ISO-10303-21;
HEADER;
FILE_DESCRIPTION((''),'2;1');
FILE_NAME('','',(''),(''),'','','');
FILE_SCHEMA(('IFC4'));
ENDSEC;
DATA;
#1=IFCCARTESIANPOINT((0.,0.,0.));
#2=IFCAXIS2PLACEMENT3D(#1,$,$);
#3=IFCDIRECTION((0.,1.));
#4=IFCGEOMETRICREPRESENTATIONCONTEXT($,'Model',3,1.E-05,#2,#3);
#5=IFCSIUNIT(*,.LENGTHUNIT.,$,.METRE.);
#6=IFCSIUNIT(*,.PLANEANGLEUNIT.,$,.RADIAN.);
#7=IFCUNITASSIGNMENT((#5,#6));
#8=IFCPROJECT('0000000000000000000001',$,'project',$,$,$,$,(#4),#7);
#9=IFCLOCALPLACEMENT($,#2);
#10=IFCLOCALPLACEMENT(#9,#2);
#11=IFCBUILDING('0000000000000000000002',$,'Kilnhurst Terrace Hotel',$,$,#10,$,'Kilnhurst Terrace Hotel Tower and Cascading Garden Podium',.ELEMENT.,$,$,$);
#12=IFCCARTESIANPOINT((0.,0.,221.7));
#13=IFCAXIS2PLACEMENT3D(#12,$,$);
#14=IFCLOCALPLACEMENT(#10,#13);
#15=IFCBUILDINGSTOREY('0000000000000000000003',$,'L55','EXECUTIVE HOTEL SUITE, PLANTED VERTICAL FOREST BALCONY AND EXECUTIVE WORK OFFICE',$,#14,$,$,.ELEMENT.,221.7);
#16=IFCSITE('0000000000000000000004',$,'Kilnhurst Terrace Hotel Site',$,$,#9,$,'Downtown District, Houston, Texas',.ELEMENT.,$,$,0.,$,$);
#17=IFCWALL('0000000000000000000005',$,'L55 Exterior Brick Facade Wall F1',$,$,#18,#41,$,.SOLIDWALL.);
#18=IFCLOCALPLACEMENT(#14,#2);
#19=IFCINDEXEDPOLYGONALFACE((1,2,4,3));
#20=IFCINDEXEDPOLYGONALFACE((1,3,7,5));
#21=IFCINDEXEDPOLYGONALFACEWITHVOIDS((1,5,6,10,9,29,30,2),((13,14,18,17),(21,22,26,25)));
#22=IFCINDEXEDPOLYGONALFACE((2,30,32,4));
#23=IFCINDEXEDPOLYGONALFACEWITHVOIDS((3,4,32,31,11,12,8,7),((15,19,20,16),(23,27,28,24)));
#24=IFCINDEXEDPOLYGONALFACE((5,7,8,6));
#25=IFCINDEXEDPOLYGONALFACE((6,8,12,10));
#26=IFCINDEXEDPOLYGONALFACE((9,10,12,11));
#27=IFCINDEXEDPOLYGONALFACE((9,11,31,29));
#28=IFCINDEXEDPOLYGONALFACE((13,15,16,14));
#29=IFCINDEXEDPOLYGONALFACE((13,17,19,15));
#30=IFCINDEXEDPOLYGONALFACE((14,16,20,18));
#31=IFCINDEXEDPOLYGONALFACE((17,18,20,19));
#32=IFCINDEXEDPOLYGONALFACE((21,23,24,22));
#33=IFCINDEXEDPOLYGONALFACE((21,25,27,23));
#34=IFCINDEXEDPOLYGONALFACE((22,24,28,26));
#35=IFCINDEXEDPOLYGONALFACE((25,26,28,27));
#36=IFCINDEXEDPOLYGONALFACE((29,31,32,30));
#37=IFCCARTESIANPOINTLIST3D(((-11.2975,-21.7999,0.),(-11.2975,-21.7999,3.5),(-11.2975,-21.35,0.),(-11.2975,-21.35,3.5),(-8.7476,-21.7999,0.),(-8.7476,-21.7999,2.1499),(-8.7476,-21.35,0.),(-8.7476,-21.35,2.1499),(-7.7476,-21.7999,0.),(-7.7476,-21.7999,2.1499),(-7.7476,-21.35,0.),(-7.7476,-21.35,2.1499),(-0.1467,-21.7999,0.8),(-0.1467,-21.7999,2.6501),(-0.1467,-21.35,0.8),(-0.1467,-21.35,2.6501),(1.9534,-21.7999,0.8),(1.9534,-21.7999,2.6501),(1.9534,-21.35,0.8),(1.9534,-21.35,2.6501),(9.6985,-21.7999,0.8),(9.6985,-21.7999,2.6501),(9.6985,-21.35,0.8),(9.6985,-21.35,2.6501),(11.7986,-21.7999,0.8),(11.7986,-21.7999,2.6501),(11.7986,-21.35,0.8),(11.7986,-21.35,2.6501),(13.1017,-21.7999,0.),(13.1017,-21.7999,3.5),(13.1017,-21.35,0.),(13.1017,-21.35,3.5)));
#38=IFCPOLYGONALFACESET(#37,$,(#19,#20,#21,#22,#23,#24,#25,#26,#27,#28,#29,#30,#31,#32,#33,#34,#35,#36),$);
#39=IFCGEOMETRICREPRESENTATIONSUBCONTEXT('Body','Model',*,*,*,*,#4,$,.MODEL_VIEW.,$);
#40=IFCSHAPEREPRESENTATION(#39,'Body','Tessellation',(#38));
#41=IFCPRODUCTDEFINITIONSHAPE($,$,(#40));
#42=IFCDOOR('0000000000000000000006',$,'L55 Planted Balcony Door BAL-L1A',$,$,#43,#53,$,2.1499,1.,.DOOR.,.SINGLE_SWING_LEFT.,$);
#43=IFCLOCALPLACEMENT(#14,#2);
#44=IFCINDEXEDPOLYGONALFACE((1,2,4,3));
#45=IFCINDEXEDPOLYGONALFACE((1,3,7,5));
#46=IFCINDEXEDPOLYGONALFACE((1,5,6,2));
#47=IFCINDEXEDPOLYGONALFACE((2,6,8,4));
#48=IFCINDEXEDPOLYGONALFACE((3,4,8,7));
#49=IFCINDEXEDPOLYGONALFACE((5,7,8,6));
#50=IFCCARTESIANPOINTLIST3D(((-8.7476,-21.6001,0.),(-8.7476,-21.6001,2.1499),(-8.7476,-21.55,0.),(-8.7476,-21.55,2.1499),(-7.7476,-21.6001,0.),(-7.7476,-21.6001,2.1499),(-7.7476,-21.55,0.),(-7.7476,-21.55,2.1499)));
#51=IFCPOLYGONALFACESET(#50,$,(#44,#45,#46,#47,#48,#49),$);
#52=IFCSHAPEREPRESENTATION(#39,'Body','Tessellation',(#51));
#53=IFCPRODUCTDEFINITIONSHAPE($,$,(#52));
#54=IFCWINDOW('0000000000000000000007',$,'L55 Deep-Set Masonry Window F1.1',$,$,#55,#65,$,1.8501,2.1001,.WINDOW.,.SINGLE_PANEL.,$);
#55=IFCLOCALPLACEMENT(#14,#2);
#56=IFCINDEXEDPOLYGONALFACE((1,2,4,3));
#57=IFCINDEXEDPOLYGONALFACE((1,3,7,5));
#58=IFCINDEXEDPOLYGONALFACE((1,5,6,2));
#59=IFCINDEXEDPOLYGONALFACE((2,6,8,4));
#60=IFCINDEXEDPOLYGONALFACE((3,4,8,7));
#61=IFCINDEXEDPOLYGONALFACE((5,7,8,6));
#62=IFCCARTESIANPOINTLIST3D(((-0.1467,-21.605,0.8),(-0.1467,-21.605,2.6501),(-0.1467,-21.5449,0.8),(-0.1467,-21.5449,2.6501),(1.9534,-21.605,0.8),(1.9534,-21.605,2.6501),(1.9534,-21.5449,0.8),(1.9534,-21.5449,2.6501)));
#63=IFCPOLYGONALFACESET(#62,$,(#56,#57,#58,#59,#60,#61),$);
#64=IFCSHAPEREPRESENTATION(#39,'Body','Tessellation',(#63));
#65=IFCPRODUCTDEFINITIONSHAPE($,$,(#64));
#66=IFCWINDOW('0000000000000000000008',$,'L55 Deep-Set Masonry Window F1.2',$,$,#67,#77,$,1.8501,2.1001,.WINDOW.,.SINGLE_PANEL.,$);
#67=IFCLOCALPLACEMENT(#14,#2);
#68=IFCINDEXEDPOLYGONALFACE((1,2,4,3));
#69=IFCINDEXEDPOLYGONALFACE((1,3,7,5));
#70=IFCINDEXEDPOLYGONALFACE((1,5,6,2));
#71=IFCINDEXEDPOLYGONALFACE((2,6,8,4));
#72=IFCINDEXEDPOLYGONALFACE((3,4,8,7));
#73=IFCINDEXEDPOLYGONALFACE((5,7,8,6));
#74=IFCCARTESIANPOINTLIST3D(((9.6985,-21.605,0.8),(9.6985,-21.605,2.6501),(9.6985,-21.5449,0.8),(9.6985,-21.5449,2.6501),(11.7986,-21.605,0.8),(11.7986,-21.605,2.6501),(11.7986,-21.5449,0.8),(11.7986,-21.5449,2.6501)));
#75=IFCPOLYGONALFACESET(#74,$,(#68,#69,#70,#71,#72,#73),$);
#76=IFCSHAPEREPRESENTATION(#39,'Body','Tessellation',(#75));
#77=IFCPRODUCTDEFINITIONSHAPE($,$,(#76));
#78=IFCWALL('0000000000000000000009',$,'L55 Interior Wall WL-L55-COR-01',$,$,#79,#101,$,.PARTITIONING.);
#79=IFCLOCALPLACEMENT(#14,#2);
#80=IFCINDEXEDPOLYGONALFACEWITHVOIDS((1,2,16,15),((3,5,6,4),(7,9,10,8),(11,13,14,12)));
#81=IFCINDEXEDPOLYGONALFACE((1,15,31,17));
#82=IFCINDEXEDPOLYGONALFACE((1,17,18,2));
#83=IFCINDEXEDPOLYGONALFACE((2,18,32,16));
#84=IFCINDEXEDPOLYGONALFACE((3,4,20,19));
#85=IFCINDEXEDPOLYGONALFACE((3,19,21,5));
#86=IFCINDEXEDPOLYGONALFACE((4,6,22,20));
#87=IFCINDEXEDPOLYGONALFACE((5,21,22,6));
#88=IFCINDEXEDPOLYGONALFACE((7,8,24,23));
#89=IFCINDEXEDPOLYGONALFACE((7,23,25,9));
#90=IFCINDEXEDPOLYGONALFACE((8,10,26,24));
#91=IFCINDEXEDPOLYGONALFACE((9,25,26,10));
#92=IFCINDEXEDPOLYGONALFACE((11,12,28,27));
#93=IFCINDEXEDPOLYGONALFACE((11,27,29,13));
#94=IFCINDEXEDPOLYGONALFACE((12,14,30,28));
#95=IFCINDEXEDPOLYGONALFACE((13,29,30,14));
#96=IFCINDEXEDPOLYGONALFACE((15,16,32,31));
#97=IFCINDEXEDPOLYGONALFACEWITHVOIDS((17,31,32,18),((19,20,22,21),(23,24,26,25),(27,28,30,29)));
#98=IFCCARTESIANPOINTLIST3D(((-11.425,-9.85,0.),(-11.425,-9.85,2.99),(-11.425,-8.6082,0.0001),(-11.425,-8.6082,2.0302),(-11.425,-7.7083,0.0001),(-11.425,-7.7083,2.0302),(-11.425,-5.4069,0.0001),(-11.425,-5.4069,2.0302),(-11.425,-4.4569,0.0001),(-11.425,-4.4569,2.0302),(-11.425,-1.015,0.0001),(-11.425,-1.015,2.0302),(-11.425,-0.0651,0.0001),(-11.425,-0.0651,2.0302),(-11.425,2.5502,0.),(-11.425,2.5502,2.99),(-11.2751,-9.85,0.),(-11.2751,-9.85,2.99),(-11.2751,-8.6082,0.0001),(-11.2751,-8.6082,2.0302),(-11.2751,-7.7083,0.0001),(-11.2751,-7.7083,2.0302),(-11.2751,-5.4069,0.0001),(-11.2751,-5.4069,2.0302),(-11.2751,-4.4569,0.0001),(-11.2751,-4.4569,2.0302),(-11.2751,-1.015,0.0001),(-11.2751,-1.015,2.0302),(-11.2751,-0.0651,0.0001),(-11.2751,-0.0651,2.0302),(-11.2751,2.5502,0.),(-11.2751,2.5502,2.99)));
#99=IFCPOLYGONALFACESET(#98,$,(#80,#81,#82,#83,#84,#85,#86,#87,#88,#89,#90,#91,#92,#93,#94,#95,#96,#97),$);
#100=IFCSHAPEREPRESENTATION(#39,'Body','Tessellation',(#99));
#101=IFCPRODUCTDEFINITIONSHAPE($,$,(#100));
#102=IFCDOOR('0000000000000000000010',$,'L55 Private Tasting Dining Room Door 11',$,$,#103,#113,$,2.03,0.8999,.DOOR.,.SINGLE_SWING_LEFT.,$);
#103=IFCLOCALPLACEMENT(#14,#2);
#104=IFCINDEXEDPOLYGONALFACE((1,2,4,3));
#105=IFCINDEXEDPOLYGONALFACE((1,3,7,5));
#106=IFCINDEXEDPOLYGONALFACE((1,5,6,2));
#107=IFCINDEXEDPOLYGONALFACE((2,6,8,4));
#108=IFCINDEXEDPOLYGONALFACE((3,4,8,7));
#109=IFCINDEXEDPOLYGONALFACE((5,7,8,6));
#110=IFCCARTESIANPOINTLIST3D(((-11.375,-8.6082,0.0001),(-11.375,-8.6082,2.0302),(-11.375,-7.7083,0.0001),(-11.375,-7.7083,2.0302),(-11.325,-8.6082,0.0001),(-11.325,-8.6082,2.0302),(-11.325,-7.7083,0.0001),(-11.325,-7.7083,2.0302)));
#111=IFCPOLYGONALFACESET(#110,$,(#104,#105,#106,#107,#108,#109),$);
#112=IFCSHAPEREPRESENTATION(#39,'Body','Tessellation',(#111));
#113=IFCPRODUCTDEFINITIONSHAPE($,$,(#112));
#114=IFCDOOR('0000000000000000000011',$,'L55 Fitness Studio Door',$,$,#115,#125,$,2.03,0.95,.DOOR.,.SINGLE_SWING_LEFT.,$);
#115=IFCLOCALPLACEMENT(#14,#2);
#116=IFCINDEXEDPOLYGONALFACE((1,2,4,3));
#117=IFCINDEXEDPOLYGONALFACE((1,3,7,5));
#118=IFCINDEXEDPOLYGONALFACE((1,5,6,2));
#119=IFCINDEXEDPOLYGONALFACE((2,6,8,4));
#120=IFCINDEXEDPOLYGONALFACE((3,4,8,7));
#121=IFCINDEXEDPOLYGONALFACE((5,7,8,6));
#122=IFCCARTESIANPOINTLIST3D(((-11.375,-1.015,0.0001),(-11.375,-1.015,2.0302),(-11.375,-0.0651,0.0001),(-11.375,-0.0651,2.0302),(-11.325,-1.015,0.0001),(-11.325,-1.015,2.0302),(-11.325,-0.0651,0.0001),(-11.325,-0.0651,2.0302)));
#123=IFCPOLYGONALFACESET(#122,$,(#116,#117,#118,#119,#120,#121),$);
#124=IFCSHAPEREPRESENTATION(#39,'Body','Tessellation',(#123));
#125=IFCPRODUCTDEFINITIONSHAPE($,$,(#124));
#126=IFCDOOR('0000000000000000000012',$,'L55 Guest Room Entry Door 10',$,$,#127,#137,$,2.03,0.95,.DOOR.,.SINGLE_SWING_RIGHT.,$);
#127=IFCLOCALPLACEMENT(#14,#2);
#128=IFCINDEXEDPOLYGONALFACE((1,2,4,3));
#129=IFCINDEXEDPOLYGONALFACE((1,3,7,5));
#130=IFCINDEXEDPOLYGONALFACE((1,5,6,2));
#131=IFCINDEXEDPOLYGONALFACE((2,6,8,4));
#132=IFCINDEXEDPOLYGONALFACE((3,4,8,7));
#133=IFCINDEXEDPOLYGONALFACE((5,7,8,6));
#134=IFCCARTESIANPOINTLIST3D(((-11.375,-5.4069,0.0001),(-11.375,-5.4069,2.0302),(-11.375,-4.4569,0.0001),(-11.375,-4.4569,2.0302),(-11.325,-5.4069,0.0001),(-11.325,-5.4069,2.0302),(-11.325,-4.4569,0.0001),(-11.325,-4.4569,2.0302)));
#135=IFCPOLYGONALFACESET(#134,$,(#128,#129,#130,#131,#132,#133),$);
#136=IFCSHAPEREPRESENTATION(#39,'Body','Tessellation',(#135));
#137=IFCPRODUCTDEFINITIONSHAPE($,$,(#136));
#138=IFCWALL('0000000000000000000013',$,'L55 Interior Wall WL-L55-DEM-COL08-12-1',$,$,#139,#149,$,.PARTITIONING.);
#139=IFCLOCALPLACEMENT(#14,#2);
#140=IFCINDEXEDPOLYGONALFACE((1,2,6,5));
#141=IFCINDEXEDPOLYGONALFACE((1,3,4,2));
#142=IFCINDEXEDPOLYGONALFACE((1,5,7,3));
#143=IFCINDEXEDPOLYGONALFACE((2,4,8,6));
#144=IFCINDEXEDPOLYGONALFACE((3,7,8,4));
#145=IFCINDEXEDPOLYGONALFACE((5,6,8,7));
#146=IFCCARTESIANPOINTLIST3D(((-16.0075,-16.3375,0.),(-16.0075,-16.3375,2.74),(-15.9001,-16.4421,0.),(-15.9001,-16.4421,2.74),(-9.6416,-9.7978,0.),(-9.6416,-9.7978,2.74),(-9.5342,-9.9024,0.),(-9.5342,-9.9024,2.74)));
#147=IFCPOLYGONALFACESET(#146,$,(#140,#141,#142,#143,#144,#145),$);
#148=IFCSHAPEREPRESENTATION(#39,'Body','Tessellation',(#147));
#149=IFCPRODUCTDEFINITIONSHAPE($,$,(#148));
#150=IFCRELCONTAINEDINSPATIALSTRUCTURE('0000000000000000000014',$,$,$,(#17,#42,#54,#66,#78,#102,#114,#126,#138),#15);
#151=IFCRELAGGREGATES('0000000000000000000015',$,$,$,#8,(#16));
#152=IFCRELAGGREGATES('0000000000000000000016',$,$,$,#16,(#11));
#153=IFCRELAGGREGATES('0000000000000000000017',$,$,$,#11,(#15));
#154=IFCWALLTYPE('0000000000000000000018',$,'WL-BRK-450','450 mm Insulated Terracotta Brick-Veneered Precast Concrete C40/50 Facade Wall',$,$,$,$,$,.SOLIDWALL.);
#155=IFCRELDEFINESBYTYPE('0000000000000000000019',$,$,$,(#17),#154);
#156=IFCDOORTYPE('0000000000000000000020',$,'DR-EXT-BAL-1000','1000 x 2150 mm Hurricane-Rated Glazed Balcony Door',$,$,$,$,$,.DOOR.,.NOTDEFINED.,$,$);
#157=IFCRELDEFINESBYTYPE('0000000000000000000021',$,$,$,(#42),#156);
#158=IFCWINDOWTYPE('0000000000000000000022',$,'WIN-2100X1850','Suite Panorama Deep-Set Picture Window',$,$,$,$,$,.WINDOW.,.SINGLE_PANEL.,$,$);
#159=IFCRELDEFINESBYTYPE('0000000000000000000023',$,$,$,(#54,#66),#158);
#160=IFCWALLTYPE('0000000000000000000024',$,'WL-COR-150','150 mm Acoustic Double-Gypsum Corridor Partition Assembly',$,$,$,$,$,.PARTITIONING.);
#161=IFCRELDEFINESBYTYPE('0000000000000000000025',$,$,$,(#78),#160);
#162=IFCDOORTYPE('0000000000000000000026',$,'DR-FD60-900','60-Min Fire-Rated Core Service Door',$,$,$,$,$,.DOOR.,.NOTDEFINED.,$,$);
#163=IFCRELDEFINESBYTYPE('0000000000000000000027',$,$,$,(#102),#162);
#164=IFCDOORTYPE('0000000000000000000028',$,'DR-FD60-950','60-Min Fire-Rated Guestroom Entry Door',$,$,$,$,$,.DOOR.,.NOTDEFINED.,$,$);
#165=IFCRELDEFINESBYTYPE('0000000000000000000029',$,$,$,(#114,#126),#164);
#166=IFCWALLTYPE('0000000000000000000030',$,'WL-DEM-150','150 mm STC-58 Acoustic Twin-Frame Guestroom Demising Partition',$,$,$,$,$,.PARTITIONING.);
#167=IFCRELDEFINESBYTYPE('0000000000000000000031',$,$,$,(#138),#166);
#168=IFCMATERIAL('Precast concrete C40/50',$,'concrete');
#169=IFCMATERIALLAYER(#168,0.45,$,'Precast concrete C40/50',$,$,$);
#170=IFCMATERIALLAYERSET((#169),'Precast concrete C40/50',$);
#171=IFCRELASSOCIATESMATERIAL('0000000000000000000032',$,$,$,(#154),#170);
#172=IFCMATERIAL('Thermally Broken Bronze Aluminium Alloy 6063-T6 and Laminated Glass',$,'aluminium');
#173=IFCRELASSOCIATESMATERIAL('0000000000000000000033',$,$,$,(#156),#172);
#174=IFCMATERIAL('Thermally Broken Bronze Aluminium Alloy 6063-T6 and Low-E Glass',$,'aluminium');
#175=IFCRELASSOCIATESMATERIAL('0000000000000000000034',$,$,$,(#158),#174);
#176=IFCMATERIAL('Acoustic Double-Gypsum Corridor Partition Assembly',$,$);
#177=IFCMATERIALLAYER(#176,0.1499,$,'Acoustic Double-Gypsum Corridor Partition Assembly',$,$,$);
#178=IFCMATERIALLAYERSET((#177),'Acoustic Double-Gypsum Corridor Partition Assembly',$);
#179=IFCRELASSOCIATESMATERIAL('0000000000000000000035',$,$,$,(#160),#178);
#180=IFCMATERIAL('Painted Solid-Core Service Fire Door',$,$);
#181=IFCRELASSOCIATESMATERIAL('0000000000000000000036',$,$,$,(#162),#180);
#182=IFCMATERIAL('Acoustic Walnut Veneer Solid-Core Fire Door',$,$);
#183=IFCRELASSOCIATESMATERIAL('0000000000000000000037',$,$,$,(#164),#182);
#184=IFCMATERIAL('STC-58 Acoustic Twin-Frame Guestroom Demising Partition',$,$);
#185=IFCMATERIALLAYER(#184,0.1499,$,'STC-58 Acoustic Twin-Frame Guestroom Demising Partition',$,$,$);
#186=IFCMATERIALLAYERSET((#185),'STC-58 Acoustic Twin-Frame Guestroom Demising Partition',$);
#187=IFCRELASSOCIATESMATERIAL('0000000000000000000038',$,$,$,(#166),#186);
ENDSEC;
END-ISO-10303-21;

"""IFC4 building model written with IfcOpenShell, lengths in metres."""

from ifc_helpers import new_model, si_unit, direction, frame, frame_2d, origin, place, context, subcontext, project, spatial, rectangle, extrude, material, layer, layer_set, type_object, element, fill, save


model = new_model("IFC4")

# Units and contexts
model_context = context("Model", 3, precision=1e-05, world=origin(), true_north=direction((0.0, 1.0)))
body_context = subcontext(model_context, "Body", "Model", "MODEL_VIEW")
ifc_project = project(units=[si_unit("LENGTHUNIT", "METRE"), si_unit("PLANEANGLEUNIT", "RADIAN")], contexts=[model_context])

# Site, building, storey
site_placement = place(None, origin())
site = spatial("IfcSite", under=ifc_project, at=site_placement, Name="Kilnhurst Terrace Hotel Site", LongName="Downtown District, Houston, Texas", CompositionType="ELEMENT", RefElevation=0.0)
building_placement = place(site_placement, origin())
building = spatial("IfcBuilding", under=site, at=building_placement, Name="Kilnhurst Terrace Hotel", LongName="Kilnhurst Terrace Hotel Tower and Cascading Garden Podium", CompositionType="ELEMENT")
storey_placement = place(building_placement, frame((0.0, 0.0, 221.7)))
storey = spatial("IfcBuildingStorey", under=building, at=storey_placement, Name="L55", Description="EXECUTIVE HOTEL SUITE, PLANTED VERTICAL FOREST BALCONY AND EXECUTIVE WORK OFFICE", CompositionType="ELEMENT", Elevation=221.7)

# Shared definitions
ifc_material_1 = material(Name="Precast concrete C40/50", Category="concrete")
ifc_layer_1 = layer(ifc_material_1, 0.45, Name="Precast concrete C40/50")
ifc_layer_set_1 = layer_set([ifc_layer_1], Name="Precast concrete C40/50")
wall_type_1 = type_object("IfcWallType", Name="WL-BRK-450", Description="450 mm Insulated Terracotta Brick-Veneered Precast Concrete C40/50 Facade Wall", PredefinedType="SOLIDWALL", material=ifc_layer_set_1)

# Wall, openings, door, windows
wall_1_placement = place(storey_placement, frame((-11.2976, -21.575, 0.0), z_axis=(0.0, 0.0, 1.0), x_axis=(1.0, 0.0, 0.0)))
wall_1 = element("IfcWall", 1, at=wall_1_placement, inside=storey, type_object=wall_type_1, Name="L55 Exterior Brick Facade Wall F1", PredefinedType="SOLIDWALL", context=body_context, shape_type="SweptSolid", body=[
    extrude(rectangle(XDim=24.3992, YDim=0.45, at=frame_2d((12.1997, 0.0))), origin(), (0.0, 0.0, 1.0), 3.5),
])
opening_1_placement = place(wall_1_placement, frame((2.55, 0.0, 0.0)))
opening_1 = element("IfcOpeningElement", 2, at=opening_1_placement, cuts=wall_1, PredefinedType="OPENING", context=body_context, shape_type="SweptSolid", body=[
    extrude(rectangle(XDim=1.0, YDim=2.1499, at=frame_2d((0.5, 1.075))), frame((0.0, 0.2349, 0.0), z_axis=(0.0, -1.0, 0.0), x_axis=(1.0, 0.0, 0.0)), (0.0, 0.0, 1.0), 0.47),
])
opening_2_placement = place(wall_1_placement, frame((11.1509, 0.0, 0.8)))
opening_2 = element("IfcOpeningElement", 3, at=opening_2_placement, cuts=wall_1, PredefinedType="OPENING", context=body_context, shape_type="SweptSolid", body=[
    extrude(rectangle(XDim=2.1001, YDim=1.8501, at=frame_2d((1.05, 0.925))), frame((0.0, 0.2349, 0.0), z_axis=(0.0, -1.0, 0.0), x_axis=(1.0, 0.0, 0.0)), (0.0, 0.0, 1.0), 0.47),
])
opening_3_placement = place(wall_1_placement, frame((20.9961, 0.0, 0.8)))
opening_3 = element("IfcOpeningElement", 4, at=opening_3_placement, cuts=wall_1, PredefinedType="OPENING", context=body_context, shape_type="SweptSolid", body=[
    extrude(rectangle(XDim=2.1001, YDim=1.8501, at=frame_2d((1.05, 0.925))), frame((0.0, 0.2349, 0.0), z_axis=(0.0, -1.0, 0.0), x_axis=(1.0, 0.0, 0.0)), (0.0, 0.0, 1.0), 0.47),
])
ifc_material_2 = material(Name="Thermally Broken Bronze Aluminium Alloy 6063-T6 and Laminated Glass", Category="aluminium")
door_type_1 = type_object("IfcDoorType", Name="DR-EXT-BAL-1000", Description="1000 x 2150 mm Hurricane-Rated Glazed Balcony Door", OperationType="NOTDEFINED", PredefinedType="DOOR", material=ifc_material_2)
door_1_placement = place(opening_1_placement, origin())
door_1 = element("IfcDoor", 5, at=door_1_placement, inside=storey, type_object=door_type_1, Name="L55 Planted Balcony Door BAL-L1A", OperationType="SINGLE_SWING_LEFT", OverallHeight=2.1499, OverallWidth=1.0, PredefinedType="DOOR", context=body_context, shape_type="SweptSolid", body=[
    extrude(rectangle(XDim=1.0, YDim=2.1499, at=frame_2d((0.5, 1.075))), frame((0.0, 0.0249, 0.0), z_axis=(0.0, -1.0, 0.0), x_axis=(1.0, 0.0, 0.0)), (0.0, 0.0, 1.0), 0.05),
])
fill(opening_1, door_1)
ifc_material_3 = material(Name="Thermally Broken Bronze Aluminium Alloy 6063-T6 and Low-E Glass", Category="aluminium")
window_type = type_object("IfcWindowType", Name="WIN-2100X1850", Description="Suite Panorama Deep-Set Picture Window", PartitioningType="SINGLE_PANEL", PredefinedType="WINDOW", material=ifc_material_3)
window_1_placement = place(opening_2_placement, origin())
window_1 = element("IfcWindow", 6, at=window_1_placement, inside=storey, type_object=window_type, Name="L55 Deep-Set Masonry Window F1.1", OverallHeight=1.8501, OverallWidth=2.1001, PartitioningType="SINGLE_PANEL", PredefinedType="WINDOW", context=body_context, shape_type="SweptSolid", body=[
    extrude(rectangle(XDim=2.1001, YDim=1.8501, at=frame_2d((1.05, 0.925))), frame((0.0, 0.03, 0.0), z_axis=(0.0, -1.0, 0.0), x_axis=(1.0, 0.0, 0.0)), (0.0, 0.0, 1.0), 0.0601),
])
fill(opening_2, window_1)
window_2_placement = place(opening_3_placement, origin())
window_2 = element("IfcWindow", 7, at=window_2_placement, inside=storey, type_object=window_type, Name="L55 Deep-Set Masonry Window F1.2", OverallHeight=1.8501, OverallWidth=2.1001, PartitioningType="SINGLE_PANEL", PredefinedType="WINDOW", context=body_context, shape_type="SweptSolid", body=[
    extrude(rectangle(XDim=2.1001, YDim=1.8501, at=frame_2d((1.05, 0.925))), frame((0.0, 0.03, 0.0), z_axis=(0.0, -1.0, 0.0), x_axis=(1.0, 0.0, 0.0)), (0.0, 0.0, 1.0), 0.0601),
])
fill(opening_3, window_2)

# Wall, openings, doors
ifc_material_4 = material(Name="Acoustic Double-Gypsum Corridor Partition Assembly")
ifc_layer_2 = layer(ifc_material_4, 0.1499, Name="Acoustic Double-Gypsum Corridor Partition Assembly")
ifc_layer_set_2 = layer_set([ifc_layer_2], Name="Acoustic Double-Gypsum Corridor Partition Assembly")
wall_type_2 = type_object("IfcWallType", Name="WL-COR-150", Description="150 mm Acoustic Double-Gypsum Corridor Partition Assembly", PredefinedType="PARTITIONING", material=ifc_layer_set_2)
wall_2_placement = place(storey_placement, frame((-11.3501, -9.8501, 0.0), z_axis=(0.0, 0.0, 1.0), x_axis=(0.0, 1.0, 0.0)))
wall_2 = element("IfcWall", 8, at=wall_2_placement, inside=storey, type_object=wall_type_2, Name="L55 Interior Wall WL-L55-COR-01", PredefinedType="PARTITIONING", context=body_context, shape_type="SweptSolid", body=[
    extrude(rectangle(XDim=12.4001, YDim=0.1499, at=frame_2d((6.2002, 0.0))), origin(), (0.0, 0.0, 1.0), 2.99),
])
opening_4_placement = place(wall_2_placement, frame((8.835, 0.0, 0.0)))
opening_4 = element("IfcOpeningElement", 9, at=opening_4_placement, cuts=wall_2, PredefinedType="OPENING", context=body_context, shape_type="SweptSolid", body=[
    extrude(rectangle(XDim=0.95, YDim=2.03, at=frame_2d((0.4751, 1.0151))), frame((0.0, 0.085, 0.0), z_axis=(0.0, -1.0, 0.0), x_axis=(1.0, 0.0, 0.0)), (0.0, 0.0, 1.0), 0.1699),
])
opening_5_placement = place(wall_2_placement, frame((4.4431, 0.0, 0.0)))
opening_5 = element("IfcOpeningElement", 10, at=opening_5_placement, cuts=wall_2, PredefinedType="OPENING", context=body_context, shape_type="SweptSolid", body=[
    extrude(rectangle(XDim=0.95, YDim=2.03, at=frame_2d((0.4751, 1.0151))), frame((0.0, 0.085, 0.0), z_axis=(0.0, -1.0, 0.0), x_axis=(1.0, 0.0, 0.0)), (0.0, 0.0, 1.0), 0.1699),
])
opening_6_placement = place(wall_2_placement, frame((1.2419, 0.0, 0.0)))
opening_6 = element("IfcOpeningElement", 11, at=opening_6_placement, cuts=wall_2, PredefinedType="OPENING", context=body_context, shape_type="SweptSolid", body=[
    extrude(rectangle(XDim=0.8999, YDim=2.03, at=frame_2d((0.45, 1.0151))), frame((0.0, 0.085, 0.0), z_axis=(0.0, -1.0, 0.0), x_axis=(1.0, 0.0, 0.0)), (0.0, 0.0, 1.0), 0.1699),
])
ifc_material_5 = material(Name="Painted Solid-Core Service Fire Door")
door_type_2 = type_object("IfcDoorType", Name="DR-FD60-900", Description="60-Min Fire-Rated Core Service Door", OperationType="NOTDEFINED", PredefinedType="DOOR", material=ifc_material_5)
door_2_placement = place(opening_6_placement, origin())
door_2 = element("IfcDoor", 12, at=door_2_placement, inside=storey, type_object=door_type_2, Name="L55 Private Tasting Dining Room Door 11", OperationType="SINGLE_SWING_LEFT", OverallHeight=2.03, OverallWidth=0.8999, PredefinedType="DOOR", context=body_context, shape_type="SweptSolid", body=[
    extrude(rectangle(XDim=0.8999, YDim=2.03, at=frame_2d((0.45, 1.0151))), frame((0.0, 0.0249, 0.0), z_axis=(0.0, -1.0, 0.0), x_axis=(1.0, 0.0, 0.0)), (0.0, 0.0, 1.0), 0.05),
])
fill(opening_6, door_2)
ifc_material_6 = material(Name="Acoustic Walnut Veneer Solid-Core Fire Door")
door_type_3 = type_object("IfcDoorType", Name="DR-FD60-950", Description="60-Min Fire-Rated Guestroom Entry Door", OperationType="NOTDEFINED", PredefinedType="DOOR", material=ifc_material_6)
door_3_placement = place(opening_4_placement, origin())
door_3 = element("IfcDoor", 13, at=door_3_placement, inside=storey, type_object=door_type_3, Name="L55 Fitness Studio Door", OperationType="SINGLE_SWING_LEFT", OverallHeight=2.03, OverallWidth=0.95, PredefinedType="DOOR", context=body_context, shape_type="SweptSolid", body=[
    extrude(rectangle(XDim=0.95, YDim=2.03, at=frame_2d((0.4751, 1.0151))), frame((0.0, 0.0249, 0.0), z_axis=(0.0, -1.0, 0.0), x_axis=(1.0, 0.0, 0.0)), (0.0, 0.0, 1.0), 0.05),
])
fill(opening_4, door_3)
door_4_placement = place(opening_5_placement, origin())
door_4 = element("IfcDoor", 14, at=door_4_placement, inside=storey, type_object=door_type_3, Name="L55 Guest Room Entry Door 10", OperationType="SINGLE_SWING_RIGHT", OverallHeight=2.03, OverallWidth=0.95, PredefinedType="DOOR", context=body_context, shape_type="SweptSolid", body=[
    extrude(rectangle(XDim=0.95, YDim=2.03, at=frame_2d((0.4751, 1.0151))), frame((0.0, 0.0249, 0.0), z_axis=(0.0, -1.0, 0.0), x_axis=(1.0, 0.0, 0.0)), (0.0, 0.0, 1.0), 0.05),
])
fill(opening_5, door_4)

# Wall
ifc_material_7 = material(Name="STC-58 Acoustic Twin-Frame Guestroom Demising Partition")
ifc_layer_3 = layer(ifc_material_7, 0.1499, Name="STC-58 Acoustic Twin-Frame Guestroom Demising Partition")
ifc_layer_set_3 = layer_set([ifc_layer_3], Name="STC-58 Acoustic Twin-Frame Guestroom Demising Partition")
wall_type_3 = type_object("IfcWallType", Name="WL-DEM-150", Description="150 mm STC-58 Acoustic Twin-Frame Guestroom Demising Partition", PredefinedType="PARTITIONING", material=ifc_layer_set_3)
wall_3_placement = place(storey_placement, frame((-9.5879, -9.8501, 0.0), z_axis=(0.0, 0.0, 1.0), x_axis=(-0.697519, -0.716566, 0.0)))
element("IfcWall", 15, at=wall_3_placement, inside=storey, type_object=wall_type_3, Name="L55 Interior Wall WL-L55-DEM-COL08-12-1", PredefinedType="PARTITIONING", context=body_context, shape_type="SweptSolid", body=[
    extrude(rectangle(XDim=9.1265, YDim=0.1499, at=frame_2d((4.5632, 0.0))), origin(), (0.0, 0.0, 1.0), 2.74),
])

save(model, "model.ifc")
